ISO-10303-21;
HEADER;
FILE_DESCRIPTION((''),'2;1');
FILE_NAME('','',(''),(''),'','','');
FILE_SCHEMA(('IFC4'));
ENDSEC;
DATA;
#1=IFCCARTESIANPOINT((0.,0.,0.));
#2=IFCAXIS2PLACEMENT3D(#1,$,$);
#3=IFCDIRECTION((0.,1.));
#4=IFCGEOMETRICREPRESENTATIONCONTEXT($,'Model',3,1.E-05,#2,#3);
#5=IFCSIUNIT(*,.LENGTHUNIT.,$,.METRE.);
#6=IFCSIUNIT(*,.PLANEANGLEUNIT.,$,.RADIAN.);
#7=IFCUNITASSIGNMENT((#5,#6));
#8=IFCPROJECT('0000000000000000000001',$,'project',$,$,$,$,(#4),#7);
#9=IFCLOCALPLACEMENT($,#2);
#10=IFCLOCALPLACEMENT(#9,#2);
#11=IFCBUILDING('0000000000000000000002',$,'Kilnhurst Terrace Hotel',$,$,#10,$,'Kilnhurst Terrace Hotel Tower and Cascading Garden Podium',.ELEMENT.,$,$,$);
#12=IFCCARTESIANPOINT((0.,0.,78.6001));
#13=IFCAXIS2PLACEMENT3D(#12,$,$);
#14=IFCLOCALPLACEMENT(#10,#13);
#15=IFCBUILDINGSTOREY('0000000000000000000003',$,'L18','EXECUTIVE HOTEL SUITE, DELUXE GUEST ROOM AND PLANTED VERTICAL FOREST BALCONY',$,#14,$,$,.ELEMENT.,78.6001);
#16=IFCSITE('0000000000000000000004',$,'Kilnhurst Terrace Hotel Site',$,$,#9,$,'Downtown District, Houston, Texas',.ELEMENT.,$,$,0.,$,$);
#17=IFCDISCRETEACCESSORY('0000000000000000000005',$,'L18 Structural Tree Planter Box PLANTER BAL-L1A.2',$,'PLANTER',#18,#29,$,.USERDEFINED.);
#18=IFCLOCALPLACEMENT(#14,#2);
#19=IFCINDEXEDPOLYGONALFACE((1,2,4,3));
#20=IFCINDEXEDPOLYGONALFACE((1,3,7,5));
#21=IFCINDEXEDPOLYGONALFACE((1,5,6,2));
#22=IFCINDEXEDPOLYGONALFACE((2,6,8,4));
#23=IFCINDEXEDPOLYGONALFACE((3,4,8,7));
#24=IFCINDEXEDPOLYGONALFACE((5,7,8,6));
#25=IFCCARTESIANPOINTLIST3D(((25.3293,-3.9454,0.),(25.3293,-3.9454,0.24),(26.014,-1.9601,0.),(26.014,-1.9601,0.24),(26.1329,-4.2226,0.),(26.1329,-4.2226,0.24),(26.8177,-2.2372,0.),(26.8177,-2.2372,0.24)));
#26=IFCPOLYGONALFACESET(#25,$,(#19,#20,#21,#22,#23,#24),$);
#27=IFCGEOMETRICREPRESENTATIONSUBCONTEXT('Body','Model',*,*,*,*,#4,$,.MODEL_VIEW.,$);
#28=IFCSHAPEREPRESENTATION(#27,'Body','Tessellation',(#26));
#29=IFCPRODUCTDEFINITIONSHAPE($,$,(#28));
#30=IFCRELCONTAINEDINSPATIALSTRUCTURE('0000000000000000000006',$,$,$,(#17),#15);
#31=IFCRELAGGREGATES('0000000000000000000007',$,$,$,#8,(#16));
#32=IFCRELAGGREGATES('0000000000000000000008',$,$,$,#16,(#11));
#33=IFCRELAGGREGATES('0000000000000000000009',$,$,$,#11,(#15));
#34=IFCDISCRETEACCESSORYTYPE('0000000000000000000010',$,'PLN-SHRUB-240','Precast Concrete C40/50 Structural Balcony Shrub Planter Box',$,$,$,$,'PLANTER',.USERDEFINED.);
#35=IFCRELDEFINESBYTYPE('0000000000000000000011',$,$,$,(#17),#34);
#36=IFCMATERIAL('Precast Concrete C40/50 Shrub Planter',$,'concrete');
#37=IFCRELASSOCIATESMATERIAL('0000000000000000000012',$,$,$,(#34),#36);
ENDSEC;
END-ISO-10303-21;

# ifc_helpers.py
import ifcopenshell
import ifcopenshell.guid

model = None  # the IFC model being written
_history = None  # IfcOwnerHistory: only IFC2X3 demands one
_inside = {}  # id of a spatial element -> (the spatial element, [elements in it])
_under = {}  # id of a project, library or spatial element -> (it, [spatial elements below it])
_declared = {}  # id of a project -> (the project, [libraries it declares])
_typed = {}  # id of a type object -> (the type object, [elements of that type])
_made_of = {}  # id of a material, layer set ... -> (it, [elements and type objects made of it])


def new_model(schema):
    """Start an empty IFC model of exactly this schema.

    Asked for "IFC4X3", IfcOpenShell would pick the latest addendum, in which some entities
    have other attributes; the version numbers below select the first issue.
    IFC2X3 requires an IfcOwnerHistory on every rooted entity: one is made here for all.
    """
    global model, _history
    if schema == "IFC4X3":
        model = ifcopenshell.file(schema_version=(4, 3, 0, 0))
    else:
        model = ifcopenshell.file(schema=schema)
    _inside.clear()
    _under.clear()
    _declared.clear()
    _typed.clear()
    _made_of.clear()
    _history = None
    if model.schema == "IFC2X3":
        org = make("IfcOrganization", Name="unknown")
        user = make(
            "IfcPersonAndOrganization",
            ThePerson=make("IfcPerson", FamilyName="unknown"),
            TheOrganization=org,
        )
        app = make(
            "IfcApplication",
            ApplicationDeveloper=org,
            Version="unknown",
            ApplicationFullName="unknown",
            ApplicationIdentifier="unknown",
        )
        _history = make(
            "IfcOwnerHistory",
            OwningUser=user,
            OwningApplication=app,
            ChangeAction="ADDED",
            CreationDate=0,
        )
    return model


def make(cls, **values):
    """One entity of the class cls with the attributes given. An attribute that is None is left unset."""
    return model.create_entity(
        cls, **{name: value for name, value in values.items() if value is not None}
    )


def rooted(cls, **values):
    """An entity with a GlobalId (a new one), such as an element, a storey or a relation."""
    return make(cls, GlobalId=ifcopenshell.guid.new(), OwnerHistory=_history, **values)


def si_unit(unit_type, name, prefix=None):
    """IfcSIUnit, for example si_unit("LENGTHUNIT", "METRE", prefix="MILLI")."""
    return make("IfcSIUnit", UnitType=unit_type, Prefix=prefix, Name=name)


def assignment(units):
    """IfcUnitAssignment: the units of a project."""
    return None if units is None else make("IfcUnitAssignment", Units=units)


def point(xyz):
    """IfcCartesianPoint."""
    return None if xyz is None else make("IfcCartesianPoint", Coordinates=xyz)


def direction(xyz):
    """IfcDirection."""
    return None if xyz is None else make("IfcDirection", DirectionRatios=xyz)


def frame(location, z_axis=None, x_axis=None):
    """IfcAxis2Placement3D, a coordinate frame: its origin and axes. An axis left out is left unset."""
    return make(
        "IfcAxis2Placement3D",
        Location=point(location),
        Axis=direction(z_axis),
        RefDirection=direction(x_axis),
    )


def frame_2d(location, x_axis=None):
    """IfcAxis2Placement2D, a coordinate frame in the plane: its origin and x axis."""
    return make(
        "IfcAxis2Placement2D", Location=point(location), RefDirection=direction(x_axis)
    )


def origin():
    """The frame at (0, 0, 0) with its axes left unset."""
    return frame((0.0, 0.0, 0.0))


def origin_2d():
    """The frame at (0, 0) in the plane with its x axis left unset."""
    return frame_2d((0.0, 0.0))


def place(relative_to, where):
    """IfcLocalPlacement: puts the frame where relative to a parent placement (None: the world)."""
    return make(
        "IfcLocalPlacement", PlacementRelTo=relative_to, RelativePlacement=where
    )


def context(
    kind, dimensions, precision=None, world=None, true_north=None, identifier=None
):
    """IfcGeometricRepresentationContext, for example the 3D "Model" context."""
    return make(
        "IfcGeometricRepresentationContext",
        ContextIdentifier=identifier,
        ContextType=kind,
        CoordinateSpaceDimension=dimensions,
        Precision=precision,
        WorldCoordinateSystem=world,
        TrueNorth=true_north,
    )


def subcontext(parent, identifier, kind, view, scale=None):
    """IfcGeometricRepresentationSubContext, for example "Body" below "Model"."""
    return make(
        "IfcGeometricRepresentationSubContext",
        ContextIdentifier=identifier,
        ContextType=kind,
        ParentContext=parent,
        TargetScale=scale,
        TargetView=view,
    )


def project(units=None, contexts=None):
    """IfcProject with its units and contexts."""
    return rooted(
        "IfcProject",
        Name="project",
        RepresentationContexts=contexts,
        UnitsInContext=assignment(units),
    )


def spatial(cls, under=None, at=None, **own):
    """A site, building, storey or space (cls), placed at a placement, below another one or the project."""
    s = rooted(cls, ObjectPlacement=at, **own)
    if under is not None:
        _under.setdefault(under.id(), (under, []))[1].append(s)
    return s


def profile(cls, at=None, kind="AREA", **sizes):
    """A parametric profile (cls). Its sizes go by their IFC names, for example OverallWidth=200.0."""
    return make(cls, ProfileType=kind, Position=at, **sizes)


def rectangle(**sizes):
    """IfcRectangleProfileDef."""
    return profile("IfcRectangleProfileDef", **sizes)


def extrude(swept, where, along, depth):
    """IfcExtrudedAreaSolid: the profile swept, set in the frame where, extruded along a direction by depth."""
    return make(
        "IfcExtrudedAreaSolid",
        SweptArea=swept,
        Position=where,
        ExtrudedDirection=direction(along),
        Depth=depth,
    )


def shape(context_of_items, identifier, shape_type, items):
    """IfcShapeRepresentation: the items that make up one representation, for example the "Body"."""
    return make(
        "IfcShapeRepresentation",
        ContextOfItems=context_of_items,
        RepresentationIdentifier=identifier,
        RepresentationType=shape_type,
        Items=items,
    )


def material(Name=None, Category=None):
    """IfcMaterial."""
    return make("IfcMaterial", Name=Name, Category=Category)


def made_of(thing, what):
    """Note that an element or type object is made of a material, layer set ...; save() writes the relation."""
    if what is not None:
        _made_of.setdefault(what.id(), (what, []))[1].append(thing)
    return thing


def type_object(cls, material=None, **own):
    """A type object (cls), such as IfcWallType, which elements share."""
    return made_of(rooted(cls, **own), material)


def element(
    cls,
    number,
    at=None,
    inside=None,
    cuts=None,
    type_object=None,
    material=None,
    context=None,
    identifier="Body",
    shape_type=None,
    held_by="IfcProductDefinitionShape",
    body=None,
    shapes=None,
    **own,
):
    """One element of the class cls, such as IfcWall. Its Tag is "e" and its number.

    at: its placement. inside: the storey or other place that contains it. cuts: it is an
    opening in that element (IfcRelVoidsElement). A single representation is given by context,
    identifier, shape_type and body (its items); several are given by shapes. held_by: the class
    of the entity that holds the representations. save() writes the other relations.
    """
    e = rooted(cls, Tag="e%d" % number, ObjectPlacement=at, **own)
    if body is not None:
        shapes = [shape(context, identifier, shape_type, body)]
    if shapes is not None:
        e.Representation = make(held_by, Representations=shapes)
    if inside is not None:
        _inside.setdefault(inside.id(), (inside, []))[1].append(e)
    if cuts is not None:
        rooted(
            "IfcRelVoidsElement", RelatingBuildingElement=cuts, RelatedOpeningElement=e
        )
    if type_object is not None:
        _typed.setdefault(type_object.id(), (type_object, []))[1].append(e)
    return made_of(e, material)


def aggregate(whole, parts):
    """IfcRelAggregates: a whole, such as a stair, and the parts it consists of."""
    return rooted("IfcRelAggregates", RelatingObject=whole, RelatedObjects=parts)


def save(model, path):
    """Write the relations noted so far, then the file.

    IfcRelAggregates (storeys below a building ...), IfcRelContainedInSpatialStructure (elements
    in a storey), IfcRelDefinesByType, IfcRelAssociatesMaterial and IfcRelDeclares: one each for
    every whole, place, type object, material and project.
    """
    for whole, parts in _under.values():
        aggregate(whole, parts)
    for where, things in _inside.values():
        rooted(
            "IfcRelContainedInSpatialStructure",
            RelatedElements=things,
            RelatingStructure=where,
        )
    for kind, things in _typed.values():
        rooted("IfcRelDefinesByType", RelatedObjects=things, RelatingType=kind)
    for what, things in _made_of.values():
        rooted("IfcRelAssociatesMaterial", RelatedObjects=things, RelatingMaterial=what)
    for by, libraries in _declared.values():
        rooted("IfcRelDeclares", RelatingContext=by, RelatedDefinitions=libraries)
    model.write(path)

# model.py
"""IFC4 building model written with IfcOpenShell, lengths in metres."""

from ifc_helpers import new_model, si_unit, direction, frame, origin, origin_2d, place, context, subcontext, project, spatial, rectangle, extrude, material, type_object, element, save


model = new_model("IFC4")

# Units and contexts
model_context = context("Model", 3, precision=1e-05, world=origin(), true_north=direction((0.0, 1.0)))
body_context = subcontext(model_context, "Body", "Model", "MODEL_VIEW")
ifc_project = project(units=[si_unit("LENGTHUNIT", "METRE"), si_unit("PLANEANGLEUNIT", "RADIAN")], contexts=[model_context])

# Site, building, storey
site_placement = place(None, origin())
site = spatial("IfcSite", under=ifc_project, at=site_placement, Name="Kilnhurst Terrace Hotel Site", LongName="Downtown District, Houston, Texas", CompositionType="ELEMENT", RefElevation=0.0)
building_placement = place(site_placement, origin())
building = spatial("IfcBuilding", under=site, at=building_placement, Name="Kilnhurst Terrace Hotel", LongName="Kilnhurst Terrace Hotel Tower and Cascading Garden Podium", CompositionType="ELEMENT")
storey_placement = place(building_placement, frame((0.0, 0.0, 78.6001)))
storey = spatial("IfcBuildingStorey", under=building, at=storey_placement, Name="L18", Description="EXECUTIVE HOTEL SUITE, DELUXE GUEST ROOM AND PLANTED VERTICAL FOREST BALCONY", CompositionType="ELEMENT", Elevation=78.6001)

# Discrete accessory
ifc_material_1 = material(Name="Precast Concrete C40/50 Shrub Planter", Category="concrete")
discrete_accessory_type = type_object("IfcDiscreteAccessoryType", Name="PLN-SHRUB-240", Description="Precast Concrete C40/50 Structural Balcony Shrub Planter Box", ElementType="PLANTER", PredefinedType="USERDEFINED", material=ifc_material_1)
discrete_accessory_placement = place(storey_placement, frame((26.0735, -3.0913, 0.0), z_axis=(0.0, 0.0, 1.0), x_axis=(0.326063, 0.945348, 0.0)))
element("IfcDiscreteAccessory", 1, at=discrete_accessory_placement, inside=storey, type_object=discrete_accessory_type, Name="L18 Structural Tree Planter Box PLANTER BAL-L1A.2", ObjectType="PLANTER", PredefinedType="USERDEFINED", context=body_context, shape_type="SweptSolid", body=[
    extrude(rectangle(XDim=2.1001, YDim=0.8501, at=origin_2d()), origin(), (0.0, 0.0, 1.0), 0.24),
])

save(model, "model.ifc")
